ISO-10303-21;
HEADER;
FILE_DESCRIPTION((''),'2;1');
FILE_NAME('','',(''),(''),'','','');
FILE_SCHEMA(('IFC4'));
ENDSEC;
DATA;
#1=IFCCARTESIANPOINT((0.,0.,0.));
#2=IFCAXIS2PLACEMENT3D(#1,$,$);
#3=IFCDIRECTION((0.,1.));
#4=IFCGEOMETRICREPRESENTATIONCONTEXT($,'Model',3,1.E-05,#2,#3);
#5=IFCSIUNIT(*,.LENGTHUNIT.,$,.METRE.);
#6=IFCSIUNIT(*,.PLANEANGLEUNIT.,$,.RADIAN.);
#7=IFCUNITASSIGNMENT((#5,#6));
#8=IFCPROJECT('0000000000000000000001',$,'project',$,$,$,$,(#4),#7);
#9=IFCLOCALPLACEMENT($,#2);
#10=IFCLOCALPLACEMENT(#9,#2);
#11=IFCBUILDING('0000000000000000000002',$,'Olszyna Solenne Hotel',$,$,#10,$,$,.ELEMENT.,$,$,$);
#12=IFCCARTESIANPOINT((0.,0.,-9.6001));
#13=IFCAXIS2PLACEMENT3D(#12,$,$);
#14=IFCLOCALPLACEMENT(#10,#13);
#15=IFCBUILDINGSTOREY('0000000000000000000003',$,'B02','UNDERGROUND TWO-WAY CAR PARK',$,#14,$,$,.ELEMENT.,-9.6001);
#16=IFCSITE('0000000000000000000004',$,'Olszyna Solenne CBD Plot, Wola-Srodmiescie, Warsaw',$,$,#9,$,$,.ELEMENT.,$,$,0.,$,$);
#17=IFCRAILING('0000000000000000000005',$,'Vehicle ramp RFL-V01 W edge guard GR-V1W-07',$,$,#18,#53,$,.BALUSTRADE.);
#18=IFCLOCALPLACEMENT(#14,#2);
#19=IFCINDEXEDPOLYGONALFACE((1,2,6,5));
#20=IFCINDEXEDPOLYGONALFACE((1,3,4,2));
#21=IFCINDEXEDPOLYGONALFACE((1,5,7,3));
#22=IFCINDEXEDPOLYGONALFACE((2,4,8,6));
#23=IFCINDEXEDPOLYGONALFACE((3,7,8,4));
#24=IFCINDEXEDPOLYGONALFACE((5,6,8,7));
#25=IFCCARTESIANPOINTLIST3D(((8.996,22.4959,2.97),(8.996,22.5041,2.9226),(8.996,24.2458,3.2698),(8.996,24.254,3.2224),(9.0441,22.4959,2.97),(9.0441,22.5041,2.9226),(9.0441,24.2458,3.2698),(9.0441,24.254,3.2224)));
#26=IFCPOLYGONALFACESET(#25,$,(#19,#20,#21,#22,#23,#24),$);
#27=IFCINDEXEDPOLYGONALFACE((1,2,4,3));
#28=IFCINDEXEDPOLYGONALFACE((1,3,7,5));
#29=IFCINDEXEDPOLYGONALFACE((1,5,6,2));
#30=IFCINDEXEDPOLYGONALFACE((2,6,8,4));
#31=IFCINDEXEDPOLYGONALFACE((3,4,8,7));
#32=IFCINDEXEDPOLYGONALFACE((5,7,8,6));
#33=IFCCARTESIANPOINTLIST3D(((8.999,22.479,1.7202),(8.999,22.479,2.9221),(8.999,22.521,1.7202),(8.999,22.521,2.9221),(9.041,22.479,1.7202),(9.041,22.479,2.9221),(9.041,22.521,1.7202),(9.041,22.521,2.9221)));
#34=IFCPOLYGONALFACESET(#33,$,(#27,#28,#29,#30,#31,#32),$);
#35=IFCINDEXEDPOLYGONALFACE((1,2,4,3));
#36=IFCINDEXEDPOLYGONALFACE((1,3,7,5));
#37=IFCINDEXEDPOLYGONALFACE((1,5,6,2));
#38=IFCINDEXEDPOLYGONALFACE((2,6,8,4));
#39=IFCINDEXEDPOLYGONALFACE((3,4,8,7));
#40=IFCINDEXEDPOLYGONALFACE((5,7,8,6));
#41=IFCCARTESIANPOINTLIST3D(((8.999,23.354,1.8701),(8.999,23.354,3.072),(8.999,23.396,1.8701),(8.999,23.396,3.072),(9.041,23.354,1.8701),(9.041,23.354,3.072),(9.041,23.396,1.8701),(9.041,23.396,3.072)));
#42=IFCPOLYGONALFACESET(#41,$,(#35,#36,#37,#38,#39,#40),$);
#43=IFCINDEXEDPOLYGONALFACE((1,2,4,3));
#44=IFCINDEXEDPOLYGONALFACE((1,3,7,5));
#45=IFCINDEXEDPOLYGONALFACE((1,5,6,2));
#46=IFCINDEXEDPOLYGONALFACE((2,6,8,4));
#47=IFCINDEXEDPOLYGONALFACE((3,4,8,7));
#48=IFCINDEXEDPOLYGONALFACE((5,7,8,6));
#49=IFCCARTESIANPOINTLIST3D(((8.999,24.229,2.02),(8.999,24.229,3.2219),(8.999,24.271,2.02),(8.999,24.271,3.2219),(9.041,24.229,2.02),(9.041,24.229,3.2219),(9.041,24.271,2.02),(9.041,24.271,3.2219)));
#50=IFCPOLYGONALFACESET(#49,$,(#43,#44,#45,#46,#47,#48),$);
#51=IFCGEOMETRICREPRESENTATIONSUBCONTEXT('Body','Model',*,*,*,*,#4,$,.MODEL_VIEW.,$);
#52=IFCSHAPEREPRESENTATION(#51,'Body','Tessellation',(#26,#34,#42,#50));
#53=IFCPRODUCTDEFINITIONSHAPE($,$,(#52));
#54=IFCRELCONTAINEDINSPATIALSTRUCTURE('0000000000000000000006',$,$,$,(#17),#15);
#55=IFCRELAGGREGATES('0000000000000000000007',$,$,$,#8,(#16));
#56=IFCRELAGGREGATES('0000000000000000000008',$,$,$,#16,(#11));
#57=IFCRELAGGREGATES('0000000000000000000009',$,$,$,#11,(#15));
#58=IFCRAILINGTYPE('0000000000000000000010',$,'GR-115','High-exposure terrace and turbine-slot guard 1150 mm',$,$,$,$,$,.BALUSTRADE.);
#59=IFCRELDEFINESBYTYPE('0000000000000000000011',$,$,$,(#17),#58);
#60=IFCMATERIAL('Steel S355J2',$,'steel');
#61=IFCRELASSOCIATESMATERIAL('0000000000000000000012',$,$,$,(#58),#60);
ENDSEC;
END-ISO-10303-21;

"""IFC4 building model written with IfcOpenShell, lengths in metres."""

from ifc_helpers import new_model, si_unit, direction, frame, origin, origin_2d, place, context, subcontext, project, spatial, rectangle, extrude, material, type_object, element, save


model = new_model("IFC4")

# Units and contexts
model_context = context("Model", 3, precision=1e-05, world=origin(), true_north=direction((0.0, 1.0)))
body_context = subcontext(model_context, "Body", "Model", "MODEL_VIEW")
ifc_project = project(units=[si_unit("LENGTHUNIT", "METRE"), si_unit("PLANEANGLEUNIT", "RADIAN")], contexts=[model_context])

# Site, building, storey
site_placement = place(None, origin())
site = spatial("IfcSite", under=ifc_project, at=site_placement, Name="Olszyna Solenne CBD Plot, Wola-Srodmiescie, Warsaw", CompositionType="ELEMENT", RefElevation=0.0)
building_placement = place(site_placement, origin())
building = spatial("IfcBuilding", under=site, at=building_placement, Name="Olszyna Solenne Hotel", CompositionType="ELEMENT")
storey_placement = place(building_placement, frame((0.0, 0.0, -9.6001)))
storey = spatial("IfcBuildingStorey", under=building, at=storey_placement, Name="B02", Description="UNDERGROUND TWO-WAY CAR PARK", CompositionType="ELEMENT", Elevation=-9.6001)

# Shared definitions
ifc_material_1 = material(Name="Steel S355J2", Category="steel")

# Railing
railing_type = type_object("IfcRailingType", Name="GR-115", Description="High-exposure terrace and turbine-slot guard 1150 mm", PredefinedType="BALUSTRADE", material=ifc_material_1)
railing_placement = place(storey_placement, frame((9.02, 22.5, 1.7202)))
element("IfcRailing", 1, at=railing_placement, inside=storey, type_object=railing_type, Name="Vehicle ramp RFL-V01 W edge guard GR-V1W-07", PredefinedType="BALUSTRADE", context=body_context, shape_type="SweptSolid", body=[
    extrude(rectangle(XDim=0.0481, YDim=0.0481, at=origin_2d()), frame((0.0, 0.0, 1.2261), z_axis=(0.0, 0.985641, 0.168857), x_axis=(-1.0, 0.0, 0.0)), (0.0, 0.0, 1.0), 1.7754),
    extrude(rectangle(XDim=0.042, YDim=0.042, at=origin_2d()), origin(), (0.0, 0.0, 1.0), 1.2019),
    extrude(rectangle(XDim=0.042, YDim=0.042, at=origin_2d()), frame((0.0, 0.875, 0.1499)), (0.0, 0.0, 1.0), 1.2019),
    extrude(rectangle(XDim=0.042, YDim=0.042, at=origin_2d()), frame((0.0, 1.75, 0.2998)), (0.0, 0.0, 1.0), 1.2019),
])

save(model, "model.ifc")
